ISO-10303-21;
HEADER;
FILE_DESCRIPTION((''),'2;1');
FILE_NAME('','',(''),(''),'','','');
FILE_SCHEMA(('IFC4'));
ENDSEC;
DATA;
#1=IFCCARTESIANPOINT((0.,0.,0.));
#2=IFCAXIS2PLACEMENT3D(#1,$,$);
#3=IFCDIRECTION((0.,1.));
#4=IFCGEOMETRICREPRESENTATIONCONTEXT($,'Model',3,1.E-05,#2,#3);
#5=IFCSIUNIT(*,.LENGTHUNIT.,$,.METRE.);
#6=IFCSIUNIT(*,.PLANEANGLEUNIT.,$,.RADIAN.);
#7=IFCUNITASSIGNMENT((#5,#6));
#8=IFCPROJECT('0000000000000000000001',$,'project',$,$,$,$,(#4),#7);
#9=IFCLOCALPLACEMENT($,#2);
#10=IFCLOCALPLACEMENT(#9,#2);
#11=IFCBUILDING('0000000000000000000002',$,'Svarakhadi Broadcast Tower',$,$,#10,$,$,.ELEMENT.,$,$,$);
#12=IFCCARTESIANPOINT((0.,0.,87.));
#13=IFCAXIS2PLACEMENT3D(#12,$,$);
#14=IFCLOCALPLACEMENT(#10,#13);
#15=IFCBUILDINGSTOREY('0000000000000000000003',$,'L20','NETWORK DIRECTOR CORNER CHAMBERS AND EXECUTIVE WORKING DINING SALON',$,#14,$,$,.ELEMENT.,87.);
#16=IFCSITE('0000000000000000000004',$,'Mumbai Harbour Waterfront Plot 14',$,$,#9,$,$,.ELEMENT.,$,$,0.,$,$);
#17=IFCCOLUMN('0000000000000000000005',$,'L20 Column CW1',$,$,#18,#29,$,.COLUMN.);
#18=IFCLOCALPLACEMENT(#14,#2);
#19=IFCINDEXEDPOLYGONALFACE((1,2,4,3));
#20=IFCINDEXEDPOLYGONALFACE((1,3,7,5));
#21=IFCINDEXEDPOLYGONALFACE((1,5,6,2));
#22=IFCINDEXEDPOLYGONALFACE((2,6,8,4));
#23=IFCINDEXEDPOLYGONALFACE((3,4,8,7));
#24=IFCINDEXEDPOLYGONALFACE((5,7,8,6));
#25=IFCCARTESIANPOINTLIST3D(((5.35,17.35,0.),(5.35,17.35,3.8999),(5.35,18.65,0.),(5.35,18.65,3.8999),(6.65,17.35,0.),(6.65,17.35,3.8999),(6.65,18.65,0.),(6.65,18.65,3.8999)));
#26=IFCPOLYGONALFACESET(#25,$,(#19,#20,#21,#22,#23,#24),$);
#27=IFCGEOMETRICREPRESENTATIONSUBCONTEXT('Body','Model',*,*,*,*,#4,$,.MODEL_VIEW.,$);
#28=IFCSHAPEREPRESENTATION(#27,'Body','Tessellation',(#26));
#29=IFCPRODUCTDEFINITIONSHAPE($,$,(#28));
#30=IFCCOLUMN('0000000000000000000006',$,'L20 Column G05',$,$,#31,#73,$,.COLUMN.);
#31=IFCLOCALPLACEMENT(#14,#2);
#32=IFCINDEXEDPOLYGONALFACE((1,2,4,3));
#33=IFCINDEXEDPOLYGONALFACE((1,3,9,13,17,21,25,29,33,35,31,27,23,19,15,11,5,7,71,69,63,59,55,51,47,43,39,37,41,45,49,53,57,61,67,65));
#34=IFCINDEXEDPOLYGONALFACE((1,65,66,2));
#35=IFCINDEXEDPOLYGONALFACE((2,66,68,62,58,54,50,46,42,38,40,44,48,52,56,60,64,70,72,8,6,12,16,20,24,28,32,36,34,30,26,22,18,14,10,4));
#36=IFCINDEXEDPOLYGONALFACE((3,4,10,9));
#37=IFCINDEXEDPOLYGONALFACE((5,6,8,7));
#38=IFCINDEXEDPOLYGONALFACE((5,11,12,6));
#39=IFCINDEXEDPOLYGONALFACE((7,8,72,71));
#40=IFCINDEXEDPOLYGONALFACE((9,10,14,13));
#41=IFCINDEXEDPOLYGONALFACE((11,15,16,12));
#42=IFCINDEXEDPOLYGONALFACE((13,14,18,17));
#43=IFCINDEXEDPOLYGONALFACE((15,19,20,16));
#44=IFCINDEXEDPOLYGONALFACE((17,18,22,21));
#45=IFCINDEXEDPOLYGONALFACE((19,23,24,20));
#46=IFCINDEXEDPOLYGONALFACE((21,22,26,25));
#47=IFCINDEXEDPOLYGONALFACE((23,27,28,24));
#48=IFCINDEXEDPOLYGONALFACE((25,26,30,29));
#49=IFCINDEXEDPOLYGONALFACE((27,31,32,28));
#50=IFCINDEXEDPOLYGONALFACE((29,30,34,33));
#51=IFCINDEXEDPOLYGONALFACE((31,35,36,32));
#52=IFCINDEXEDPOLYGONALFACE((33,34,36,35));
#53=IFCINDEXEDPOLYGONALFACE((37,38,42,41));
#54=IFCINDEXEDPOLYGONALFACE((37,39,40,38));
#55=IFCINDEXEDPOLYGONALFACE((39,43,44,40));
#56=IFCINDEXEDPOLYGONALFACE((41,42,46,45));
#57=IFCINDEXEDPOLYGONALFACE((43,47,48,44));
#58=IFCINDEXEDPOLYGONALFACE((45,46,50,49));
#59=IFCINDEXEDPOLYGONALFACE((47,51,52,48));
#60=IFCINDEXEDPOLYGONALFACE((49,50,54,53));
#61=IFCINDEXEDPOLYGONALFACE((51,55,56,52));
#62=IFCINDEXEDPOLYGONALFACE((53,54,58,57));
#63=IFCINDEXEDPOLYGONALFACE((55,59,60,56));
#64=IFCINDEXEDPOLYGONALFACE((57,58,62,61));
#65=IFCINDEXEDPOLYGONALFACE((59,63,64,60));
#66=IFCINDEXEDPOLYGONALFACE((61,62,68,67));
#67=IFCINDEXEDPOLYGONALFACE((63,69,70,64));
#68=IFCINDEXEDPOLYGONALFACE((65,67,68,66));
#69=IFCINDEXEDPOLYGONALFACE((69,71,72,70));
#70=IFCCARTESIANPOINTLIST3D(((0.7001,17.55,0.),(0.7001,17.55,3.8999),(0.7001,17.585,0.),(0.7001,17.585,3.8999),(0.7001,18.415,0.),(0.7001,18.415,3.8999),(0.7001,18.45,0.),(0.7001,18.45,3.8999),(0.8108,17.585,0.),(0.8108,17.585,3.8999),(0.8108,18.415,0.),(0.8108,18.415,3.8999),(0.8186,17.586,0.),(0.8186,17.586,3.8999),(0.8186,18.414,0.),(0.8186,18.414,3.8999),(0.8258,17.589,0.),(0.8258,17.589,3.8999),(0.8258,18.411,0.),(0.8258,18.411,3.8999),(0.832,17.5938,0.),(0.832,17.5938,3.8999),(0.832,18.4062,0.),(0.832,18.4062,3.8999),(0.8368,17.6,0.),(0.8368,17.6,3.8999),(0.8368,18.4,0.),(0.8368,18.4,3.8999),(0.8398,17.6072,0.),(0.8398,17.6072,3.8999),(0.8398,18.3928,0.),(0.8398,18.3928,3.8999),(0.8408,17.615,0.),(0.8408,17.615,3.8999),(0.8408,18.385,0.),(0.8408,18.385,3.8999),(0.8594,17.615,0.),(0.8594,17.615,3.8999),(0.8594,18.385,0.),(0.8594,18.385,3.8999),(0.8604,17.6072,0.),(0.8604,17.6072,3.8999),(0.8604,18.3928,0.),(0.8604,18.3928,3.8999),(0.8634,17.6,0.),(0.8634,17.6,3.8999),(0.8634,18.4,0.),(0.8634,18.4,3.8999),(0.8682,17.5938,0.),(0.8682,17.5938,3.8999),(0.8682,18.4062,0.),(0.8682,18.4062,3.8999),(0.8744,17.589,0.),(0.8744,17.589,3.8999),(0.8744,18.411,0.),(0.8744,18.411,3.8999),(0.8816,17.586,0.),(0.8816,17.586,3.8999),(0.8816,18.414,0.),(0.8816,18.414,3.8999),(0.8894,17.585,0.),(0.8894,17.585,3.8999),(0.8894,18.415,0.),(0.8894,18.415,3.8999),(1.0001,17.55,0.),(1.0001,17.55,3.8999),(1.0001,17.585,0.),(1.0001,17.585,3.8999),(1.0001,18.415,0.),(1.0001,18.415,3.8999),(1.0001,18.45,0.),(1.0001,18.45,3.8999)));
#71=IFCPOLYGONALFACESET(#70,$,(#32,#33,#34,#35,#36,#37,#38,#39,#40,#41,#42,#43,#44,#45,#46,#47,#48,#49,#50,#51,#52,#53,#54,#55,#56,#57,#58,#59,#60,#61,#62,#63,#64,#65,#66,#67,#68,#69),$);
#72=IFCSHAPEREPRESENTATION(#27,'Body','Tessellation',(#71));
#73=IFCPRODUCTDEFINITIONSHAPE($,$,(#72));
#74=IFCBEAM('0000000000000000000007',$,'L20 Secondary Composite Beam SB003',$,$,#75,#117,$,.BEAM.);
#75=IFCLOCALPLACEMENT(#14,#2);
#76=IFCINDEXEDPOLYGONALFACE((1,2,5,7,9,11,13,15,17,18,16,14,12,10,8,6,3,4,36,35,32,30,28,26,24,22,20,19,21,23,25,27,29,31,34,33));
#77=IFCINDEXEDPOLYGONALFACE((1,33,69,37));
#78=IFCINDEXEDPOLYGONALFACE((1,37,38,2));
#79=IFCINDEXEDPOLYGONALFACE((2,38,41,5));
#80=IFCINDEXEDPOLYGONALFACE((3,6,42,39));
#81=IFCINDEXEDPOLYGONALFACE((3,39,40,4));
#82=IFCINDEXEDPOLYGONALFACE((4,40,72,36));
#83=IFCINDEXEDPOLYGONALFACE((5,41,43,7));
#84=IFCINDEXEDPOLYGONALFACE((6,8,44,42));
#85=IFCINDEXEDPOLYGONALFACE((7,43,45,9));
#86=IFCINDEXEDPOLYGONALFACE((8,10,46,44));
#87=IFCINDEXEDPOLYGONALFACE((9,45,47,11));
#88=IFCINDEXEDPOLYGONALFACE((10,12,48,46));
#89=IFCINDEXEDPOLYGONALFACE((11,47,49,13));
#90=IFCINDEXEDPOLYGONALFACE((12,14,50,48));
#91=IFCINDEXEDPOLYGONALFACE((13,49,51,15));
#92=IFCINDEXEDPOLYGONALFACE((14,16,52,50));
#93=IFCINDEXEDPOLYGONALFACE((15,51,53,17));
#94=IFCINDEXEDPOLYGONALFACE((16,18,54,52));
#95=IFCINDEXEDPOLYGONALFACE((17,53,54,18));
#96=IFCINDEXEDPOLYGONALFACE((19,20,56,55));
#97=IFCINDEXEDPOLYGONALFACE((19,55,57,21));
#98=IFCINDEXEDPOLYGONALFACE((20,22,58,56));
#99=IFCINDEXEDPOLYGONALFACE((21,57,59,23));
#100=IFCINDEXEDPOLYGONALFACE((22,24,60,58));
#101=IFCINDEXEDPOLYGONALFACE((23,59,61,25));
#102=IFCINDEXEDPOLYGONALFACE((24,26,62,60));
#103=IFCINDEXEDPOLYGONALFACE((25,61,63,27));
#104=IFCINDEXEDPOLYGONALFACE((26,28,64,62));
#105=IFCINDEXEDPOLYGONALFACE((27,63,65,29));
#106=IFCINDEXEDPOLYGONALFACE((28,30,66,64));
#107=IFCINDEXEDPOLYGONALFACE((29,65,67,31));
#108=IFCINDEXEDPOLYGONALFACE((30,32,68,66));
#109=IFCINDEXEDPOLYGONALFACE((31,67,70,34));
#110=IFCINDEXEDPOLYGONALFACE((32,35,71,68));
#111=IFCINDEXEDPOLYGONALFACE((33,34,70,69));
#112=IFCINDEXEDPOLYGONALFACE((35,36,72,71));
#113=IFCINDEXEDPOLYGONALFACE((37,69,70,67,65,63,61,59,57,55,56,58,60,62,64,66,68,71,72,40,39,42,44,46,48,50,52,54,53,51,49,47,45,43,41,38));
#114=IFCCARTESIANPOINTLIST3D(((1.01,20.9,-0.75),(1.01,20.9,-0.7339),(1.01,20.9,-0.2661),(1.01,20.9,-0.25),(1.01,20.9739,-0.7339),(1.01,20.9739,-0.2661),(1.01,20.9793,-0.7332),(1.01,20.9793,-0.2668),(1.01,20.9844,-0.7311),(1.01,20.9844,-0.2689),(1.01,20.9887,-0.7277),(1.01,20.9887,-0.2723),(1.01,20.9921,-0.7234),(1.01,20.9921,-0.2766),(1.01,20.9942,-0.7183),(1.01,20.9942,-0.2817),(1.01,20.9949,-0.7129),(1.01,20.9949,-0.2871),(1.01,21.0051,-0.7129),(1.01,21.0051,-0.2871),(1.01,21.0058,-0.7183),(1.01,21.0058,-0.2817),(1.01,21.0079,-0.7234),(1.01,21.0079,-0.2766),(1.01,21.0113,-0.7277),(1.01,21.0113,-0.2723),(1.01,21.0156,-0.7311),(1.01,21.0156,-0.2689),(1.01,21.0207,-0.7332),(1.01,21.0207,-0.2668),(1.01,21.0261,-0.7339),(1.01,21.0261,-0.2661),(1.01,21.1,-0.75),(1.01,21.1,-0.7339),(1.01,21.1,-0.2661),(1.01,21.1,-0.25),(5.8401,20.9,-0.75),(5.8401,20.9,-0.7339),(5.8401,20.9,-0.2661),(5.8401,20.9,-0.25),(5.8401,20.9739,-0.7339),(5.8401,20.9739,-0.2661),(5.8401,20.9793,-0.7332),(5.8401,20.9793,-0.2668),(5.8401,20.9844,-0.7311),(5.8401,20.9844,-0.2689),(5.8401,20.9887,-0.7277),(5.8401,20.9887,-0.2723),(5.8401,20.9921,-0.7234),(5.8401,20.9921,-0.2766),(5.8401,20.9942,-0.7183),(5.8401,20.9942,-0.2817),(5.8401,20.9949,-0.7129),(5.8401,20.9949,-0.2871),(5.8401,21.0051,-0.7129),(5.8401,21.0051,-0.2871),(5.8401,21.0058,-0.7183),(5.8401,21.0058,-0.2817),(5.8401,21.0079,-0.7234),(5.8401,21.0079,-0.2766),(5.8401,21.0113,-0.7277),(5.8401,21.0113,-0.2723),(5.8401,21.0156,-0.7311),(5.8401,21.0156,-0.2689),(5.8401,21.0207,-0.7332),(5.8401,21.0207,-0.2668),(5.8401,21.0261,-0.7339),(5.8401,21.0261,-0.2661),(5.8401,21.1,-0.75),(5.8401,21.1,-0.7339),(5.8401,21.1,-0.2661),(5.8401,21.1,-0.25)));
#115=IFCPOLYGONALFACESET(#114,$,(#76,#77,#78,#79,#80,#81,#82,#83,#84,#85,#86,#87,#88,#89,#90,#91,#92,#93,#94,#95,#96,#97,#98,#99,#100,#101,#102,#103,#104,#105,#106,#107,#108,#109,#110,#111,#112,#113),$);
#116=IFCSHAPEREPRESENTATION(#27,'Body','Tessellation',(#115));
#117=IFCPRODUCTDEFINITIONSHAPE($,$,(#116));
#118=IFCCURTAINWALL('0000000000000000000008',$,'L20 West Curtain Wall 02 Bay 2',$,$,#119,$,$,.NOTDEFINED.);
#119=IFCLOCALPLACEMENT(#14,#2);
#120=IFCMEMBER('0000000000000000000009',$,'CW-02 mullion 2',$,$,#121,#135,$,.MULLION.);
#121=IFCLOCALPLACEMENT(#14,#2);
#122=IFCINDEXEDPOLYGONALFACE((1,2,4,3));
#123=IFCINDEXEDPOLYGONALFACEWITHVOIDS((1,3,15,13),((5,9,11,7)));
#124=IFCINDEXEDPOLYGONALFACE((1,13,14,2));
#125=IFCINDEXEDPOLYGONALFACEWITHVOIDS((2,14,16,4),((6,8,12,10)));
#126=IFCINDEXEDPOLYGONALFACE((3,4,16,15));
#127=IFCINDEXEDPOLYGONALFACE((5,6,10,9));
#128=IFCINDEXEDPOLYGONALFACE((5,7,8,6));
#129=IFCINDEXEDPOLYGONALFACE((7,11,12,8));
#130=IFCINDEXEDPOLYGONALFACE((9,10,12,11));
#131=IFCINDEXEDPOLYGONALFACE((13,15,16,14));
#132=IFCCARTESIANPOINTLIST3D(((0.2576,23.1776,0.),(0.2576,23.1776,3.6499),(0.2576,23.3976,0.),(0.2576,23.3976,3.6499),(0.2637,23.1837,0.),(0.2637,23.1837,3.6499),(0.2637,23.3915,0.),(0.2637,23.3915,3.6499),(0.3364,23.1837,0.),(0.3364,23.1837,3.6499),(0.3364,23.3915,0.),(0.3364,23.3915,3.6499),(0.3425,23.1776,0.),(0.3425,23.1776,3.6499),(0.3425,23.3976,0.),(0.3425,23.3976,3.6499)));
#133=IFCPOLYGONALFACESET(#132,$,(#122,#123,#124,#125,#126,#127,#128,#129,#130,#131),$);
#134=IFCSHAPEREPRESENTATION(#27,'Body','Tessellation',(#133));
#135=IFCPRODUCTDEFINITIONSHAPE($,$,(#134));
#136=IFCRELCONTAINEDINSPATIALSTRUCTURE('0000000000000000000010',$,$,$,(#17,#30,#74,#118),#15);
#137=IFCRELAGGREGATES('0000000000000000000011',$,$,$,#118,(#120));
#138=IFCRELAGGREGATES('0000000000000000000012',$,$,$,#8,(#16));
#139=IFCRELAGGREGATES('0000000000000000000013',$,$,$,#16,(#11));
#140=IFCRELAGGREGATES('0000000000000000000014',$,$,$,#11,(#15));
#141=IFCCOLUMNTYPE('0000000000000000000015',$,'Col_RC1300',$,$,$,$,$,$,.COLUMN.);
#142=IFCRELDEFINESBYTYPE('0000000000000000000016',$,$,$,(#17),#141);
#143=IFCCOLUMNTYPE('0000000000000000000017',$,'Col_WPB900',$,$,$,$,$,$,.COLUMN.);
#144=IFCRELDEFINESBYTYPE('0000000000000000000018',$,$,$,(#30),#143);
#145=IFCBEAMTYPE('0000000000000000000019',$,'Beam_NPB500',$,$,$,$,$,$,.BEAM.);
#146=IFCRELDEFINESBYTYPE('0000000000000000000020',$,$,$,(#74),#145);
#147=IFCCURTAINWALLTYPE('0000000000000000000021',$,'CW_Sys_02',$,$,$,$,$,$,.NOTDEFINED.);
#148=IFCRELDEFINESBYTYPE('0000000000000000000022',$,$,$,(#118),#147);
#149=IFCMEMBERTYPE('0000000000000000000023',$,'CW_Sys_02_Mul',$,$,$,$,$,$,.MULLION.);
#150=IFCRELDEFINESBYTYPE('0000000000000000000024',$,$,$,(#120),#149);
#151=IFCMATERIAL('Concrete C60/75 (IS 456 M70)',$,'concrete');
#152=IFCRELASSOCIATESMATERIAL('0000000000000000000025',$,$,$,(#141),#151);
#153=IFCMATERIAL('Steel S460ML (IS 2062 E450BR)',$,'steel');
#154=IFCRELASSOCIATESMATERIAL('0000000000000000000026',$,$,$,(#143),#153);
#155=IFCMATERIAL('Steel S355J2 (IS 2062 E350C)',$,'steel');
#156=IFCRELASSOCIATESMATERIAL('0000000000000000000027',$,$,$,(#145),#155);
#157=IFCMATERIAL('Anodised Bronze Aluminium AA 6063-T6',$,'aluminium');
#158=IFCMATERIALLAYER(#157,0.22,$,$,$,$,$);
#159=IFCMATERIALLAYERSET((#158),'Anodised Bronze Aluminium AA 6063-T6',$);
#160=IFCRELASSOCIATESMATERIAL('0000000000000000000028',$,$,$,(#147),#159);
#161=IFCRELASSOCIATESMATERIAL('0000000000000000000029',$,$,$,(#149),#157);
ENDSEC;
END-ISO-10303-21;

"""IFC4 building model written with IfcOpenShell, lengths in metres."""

from ifc_helpers import new_model, si_unit, direction, frame, origin, origin_2d, place, context, subcontext, project, spatial, rectangle, hollow_rectangle, i_section, extrude, material, layer, layer_set, material_profile, profile_set, type_object, element, aggregate, save


model = new_model("IFC4")

# Units and contexts
model_context = context("Model", 3, precision=1e-05, world=origin(), true_north=direction((0.0, 1.0)))
body_context = subcontext(model_context, "Body", "Model", "MODEL_VIEW")
ifc_project = project(units=[si_unit("LENGTHUNIT", "METRE"), si_unit("PLANEANGLEUNIT", "RADIAN")], contexts=[model_context])

# Site, building, storey
site_placement = place(None, origin())
site = spatial("IfcSite", under=ifc_project, at=site_placement, Name="Mumbai Harbour Waterfront Plot 14", CompositionType="ELEMENT", RefElevation=0.0)
building_placement = place(site_placement, origin())
building = spatial("IfcBuilding", under=site, at=building_placement, Name="Svarakhadi Broadcast Tower", CompositionType="ELEMENT")
storey_placement = place(building_placement, frame((0.0, 0.0, 87.0)))
storey = spatial("IfcBuildingStorey", under=building, at=storey_placement, Name="L20", Description="NETWORK DIRECTOR CORNER CHAMBERS AND EXECUTIVE WORKING DINING SALON", CompositionType="ELEMENT", Elevation=87.0)

# Columns
ifc_material_1 = material(Name="Concrete C60/75 (IS 456 M70)", Category="concrete")
ifc_material_profile_1 = material_profile(ifc_material_1, rectangle(XDim=1.3, YDim=1.3, at=origin_2d()), Name="RC 1300x1300")
ifc_profile_set_1 = profile_set([ifc_material_profile_1], Name="Concrete C60/75 (IS 456 M70)")
column_type_1 = type_object("IfcColumnType", Name="Col_RC1300", PredefinedType="COLUMN", material=ifc_profile_set_1)
column_1_placement = place(storey_placement, frame((6.0, 18.0, 0.0), z_axis=(0.0, 0.0, 1.0), x_axis=(1.0, 0.0, 0.0)))
element("IfcColumn", 1, at=column_1_placement, inside=storey, type_object=column_type_1, Name="L20 Column CW1", PredefinedType="COLUMN", context=body_context, shape_type="SweptSolid", body=[
    extrude(rectangle(XDim=1.3, YDim=1.3, at=origin_2d()), origin(), (0.0, 0.0, 1.0), 3.8999),
])
ifc_material_2 = material(Name="Steel S460ML (IS 2062 E450BR)", Category="steel")
ifc_material_profile_2 = material_profile(ifc_material_2, i_section(OverallWidth=0.3, OverallDepth=0.8999, WebThickness=0.0186, FlangeThickness=0.0349, FilletRadius=0.03, at=origin_2d()), Name="WPB 900x300x291")
ifc_profile_set_2 = profile_set([ifc_material_profile_2], Name="Steel S460ML (IS 2062 E450BR)")
column_type_2 = type_object("IfcColumnType", Name="Col_WPB900", PredefinedType="COLUMN", material=ifc_profile_set_2)
column_2_placement = place(storey_placement, frame((0.8501, 18.0, 0.0), z_axis=(0.0, 0.0, 1.0), x_axis=(1.0, 0.0, 0.0)))
element("IfcColumn", 2, at=column_2_placement, inside=storey, type_object=column_type_2, Name="L20 Column G05", PredefinedType="COLUMN", context=body_context, shape_type="SweptSolid", body=[
    extrude(i_section(OverallWidth=0.3, OverallDepth=0.8999, WebThickness=0.0186, FlangeThickness=0.0349, FilletRadius=0.03, at=origin_2d()), origin(), (0.0, 0.0, 1.0), 3.8999),
])

# Beam
ifc_material_3 = material(Name="Steel S355J2 (IS 2062 E350C)", Category="steel")
ifc_material_profile_3 = material_profile(ifc_material_3, i_section(OverallWidth=0.2, OverallDepth=0.5, WebThickness=0.0103, FlangeThickness=0.0161, FilletRadius=0.021, at=origin_2d()), Name="NPB 500x200x91")
ifc_profile_set_3 = profile_set([ifc_material_profile_3], Name="Steel S355J2 (IS 2062 E350C)")
beam_type_1 = type_object("IfcBeamType", Name="Beam_NPB500", PredefinedType="BEAM", material=ifc_profile_set_3)
beam_1_placement = place(storey_placement, frame((1.01, 21.0, -0.5), z_axis=(1.0, 0.0, 0.0), x_axis=(0.0, 1.0, 0.0)))
element("IfcBeam", 3, at=beam_1_placement, inside=storey, type_object=beam_type_1, Name="L20 Secondary Composite Beam SB003", PredefinedType="BEAM", context=body_context, shape_type="SweptSolid", body=[
    extrude(i_section(OverallWidth=0.2, OverallDepth=0.5, WebThickness=0.0103, FlangeThickness=0.0161, FilletRadius=0.021, at=origin_2d()), origin(), (0.0, 0.0, 1.0), 4.8301),
])

# Curtain wall, member
ifc_material_4 = material(Name="Anodised Bronze Aluminium AA 6063-T6", Category="aluminium")
ifc_layer_1 = layer(ifc_material_4, 0.22)
ifc_layer_set_1 = layer_set([ifc_layer_1], Name="Anodised Bronze Aluminium AA 6063-T6")
curtain_wall_type = type_object("IfcCurtainWallType", Name="CW_Sys_02", PredefinedType="NOTDEFINED", material=ifc_layer_set_1)
curtain_wall_placement = place(storey_placement, origin())
curtain_wall = element("IfcCurtainWall", 4, at=curtain_wall_placement, inside=storey, type_object=curtain_wall_type, Name="L20 West Curtain Wall 02 Bay 2", PredefinedType="NOTDEFINED")
ifc_material_profile_4 = material_profile(ifc_material_4, hollow_rectangle(XDim=0.085, YDim=0.22, WallThickness=0.0061, at=origin_2d()), Name="ALU MULLION 220x85x6")
ifc_profile_set_4 = profile_set([ifc_material_profile_4], Name="Anodised Bronze Aluminium AA 6063-T6")
member_type_1 = type_object("IfcMemberType", Name="CW_Sys_02_Mul", PredefinedType="MULLION", material=ifc_profile_set_4)
member_1_placement = place(storey_placement, frame((0.3, 23.2876, 0.0), z_axis=(0.0, 0.0, 1.0), x_axis=(-1.0, 0.0, 0.0)))
member_1 = element("IfcMember", 5, at=member_1_placement, type_object=member_type_1, Name="CW-02 mullion 2", PredefinedType="MULLION", context=body_context, shape_type="SweptSolid", body=[
    extrude(hollow_rectangle(XDim=0.085, YDim=0.22, WallThickness=0.0061, at=origin_2d()), origin(), (0.0, 0.0, 1.0), 3.6499),
])

aggregate(curtain_wall, [member_1])

save(model, "model.ifc")
